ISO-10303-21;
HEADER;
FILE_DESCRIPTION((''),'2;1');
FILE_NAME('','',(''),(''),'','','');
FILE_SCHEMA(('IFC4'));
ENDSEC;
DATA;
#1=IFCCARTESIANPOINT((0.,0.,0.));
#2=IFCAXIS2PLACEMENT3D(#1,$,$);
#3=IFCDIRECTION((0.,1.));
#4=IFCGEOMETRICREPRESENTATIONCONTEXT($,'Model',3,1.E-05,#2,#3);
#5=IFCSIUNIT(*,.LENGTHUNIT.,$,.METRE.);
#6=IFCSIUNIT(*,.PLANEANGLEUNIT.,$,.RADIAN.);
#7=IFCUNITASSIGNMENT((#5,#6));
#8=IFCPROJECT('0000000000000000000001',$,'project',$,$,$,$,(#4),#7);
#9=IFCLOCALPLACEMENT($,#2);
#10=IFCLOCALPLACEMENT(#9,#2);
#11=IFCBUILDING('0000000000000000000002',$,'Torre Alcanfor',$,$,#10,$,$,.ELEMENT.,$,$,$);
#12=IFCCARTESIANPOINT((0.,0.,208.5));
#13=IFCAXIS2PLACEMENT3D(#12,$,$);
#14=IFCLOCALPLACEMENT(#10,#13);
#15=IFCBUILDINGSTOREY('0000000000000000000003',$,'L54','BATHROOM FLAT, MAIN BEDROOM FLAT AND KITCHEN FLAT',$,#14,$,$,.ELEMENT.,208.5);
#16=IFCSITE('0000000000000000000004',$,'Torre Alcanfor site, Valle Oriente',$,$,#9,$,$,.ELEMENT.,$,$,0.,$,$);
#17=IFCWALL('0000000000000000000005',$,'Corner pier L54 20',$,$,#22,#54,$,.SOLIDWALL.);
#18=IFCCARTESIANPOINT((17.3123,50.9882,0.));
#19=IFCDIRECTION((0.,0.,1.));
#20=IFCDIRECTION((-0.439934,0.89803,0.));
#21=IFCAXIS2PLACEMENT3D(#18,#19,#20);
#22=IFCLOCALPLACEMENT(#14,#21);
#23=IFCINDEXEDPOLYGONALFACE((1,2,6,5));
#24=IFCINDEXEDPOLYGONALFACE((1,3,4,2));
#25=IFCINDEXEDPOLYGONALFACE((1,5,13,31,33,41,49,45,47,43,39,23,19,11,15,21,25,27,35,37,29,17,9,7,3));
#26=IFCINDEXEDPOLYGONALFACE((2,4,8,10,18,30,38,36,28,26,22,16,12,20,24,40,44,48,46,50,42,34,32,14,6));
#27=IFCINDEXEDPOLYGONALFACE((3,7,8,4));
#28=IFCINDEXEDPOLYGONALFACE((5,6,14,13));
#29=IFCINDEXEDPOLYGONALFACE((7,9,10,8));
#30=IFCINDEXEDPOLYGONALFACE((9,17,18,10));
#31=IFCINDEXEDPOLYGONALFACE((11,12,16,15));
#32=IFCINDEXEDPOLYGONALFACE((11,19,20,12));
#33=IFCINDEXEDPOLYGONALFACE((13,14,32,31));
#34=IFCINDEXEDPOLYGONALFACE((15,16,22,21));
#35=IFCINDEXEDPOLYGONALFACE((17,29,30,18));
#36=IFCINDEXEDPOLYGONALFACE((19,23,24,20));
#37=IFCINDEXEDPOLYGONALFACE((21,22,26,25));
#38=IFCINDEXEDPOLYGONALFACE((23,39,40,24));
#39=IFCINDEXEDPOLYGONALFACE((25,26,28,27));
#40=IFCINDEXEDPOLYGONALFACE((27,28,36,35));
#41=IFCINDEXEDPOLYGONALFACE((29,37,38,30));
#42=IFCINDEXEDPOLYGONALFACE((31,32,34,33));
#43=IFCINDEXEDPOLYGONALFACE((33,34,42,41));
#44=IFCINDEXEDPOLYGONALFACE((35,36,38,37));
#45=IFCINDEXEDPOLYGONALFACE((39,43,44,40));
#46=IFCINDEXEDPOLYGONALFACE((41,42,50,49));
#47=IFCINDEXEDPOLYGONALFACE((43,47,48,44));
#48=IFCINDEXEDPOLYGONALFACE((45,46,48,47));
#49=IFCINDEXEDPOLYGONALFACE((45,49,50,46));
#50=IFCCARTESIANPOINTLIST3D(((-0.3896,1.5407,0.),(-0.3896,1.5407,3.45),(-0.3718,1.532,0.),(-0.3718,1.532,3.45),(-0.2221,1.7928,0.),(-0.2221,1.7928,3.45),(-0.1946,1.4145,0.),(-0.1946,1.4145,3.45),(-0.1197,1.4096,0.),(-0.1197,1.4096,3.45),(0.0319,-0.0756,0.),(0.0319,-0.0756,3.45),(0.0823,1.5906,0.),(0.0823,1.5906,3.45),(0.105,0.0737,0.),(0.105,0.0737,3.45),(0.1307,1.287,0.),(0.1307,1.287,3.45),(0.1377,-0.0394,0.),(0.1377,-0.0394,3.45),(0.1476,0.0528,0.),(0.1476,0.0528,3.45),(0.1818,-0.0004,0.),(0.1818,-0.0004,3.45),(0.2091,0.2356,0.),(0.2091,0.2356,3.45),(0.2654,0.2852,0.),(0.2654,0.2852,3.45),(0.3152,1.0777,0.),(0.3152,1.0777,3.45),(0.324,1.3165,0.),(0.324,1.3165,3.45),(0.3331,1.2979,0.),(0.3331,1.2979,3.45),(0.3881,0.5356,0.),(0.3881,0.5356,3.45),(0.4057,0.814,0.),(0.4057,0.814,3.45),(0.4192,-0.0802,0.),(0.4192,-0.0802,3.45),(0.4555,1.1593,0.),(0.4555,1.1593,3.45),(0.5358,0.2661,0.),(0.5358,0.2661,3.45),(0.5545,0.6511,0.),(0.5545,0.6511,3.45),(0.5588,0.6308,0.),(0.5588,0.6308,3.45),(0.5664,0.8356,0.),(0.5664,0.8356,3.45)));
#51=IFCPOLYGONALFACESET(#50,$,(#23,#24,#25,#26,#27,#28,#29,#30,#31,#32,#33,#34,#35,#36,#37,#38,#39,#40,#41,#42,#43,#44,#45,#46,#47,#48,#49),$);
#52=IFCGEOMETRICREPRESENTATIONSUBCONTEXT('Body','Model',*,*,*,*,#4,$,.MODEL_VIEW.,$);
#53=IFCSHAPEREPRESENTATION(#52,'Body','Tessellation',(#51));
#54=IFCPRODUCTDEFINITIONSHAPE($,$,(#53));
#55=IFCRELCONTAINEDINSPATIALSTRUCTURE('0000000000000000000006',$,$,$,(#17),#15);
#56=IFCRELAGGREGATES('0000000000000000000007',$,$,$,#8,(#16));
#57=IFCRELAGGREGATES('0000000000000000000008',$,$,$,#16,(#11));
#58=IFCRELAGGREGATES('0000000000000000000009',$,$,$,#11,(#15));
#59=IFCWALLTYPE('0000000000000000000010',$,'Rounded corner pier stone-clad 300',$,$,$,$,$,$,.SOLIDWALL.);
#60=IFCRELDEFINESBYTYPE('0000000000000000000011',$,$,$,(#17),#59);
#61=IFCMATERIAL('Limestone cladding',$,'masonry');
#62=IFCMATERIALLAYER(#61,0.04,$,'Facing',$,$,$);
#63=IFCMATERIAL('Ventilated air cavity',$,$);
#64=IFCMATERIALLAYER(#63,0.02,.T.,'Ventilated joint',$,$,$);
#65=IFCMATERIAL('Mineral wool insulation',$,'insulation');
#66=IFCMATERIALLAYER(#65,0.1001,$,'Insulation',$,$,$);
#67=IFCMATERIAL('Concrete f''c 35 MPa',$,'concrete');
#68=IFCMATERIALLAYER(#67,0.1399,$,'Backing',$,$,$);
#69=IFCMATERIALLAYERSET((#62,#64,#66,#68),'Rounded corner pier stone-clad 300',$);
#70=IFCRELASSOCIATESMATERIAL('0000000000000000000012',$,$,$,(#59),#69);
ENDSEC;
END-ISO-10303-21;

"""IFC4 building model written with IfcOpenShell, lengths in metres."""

from ifc_helpers import new_model, si_unit, direction, frame, origin, place, context, subcontext, project, spatial, polyline, outline, extrude, material, layer, layer_set, type_object, element, save


model = new_model("IFC4")

# Units and contexts
model_context = context("Model", 3, precision=1e-05, world=origin(), true_north=direction((0.0, 1.0)))
body_context = subcontext(model_context, "Body", "Model", "MODEL_VIEW")
ifc_project = project(units=[si_unit("LENGTHUNIT", "METRE"), si_unit("PLANEANGLEUNIT", "RADIAN")], contexts=[model_context])

# Site, building, storey
site_placement = place(None, origin())
site = spatial("IfcSite", under=ifc_project, at=site_placement, Name="Torre Alcanfor site, Valle Oriente", CompositionType="ELEMENT", RefElevation=0.0)
building_placement = place(site_placement, origin())
building = spatial("IfcBuilding", under=site, at=building_placement, Name="Torre Alcanfor", CompositionType="ELEMENT")
storey_placement = place(building_placement, frame((0.0, 0.0, 208.5)))
storey = spatial("IfcBuildingStorey", under=building, at=storey_placement, Name="L54", Description="BATHROOM FLAT, MAIN BEDROOM FLAT AND KITCHEN FLAT", CompositionType="ELEMENT", Elevation=208.5)

# Shared definitions
ifc_material_1 = material(Name="Limestone cladding", Category="masonry")
ifc_material_2 = material(Name="Ventilated air cavity")
ifc_material_3 = material(Name="Mineral wool insulation", Category="insulation")
ifc_material_4 = material(Name="Concrete f'c 35 MPa", Category="concrete")

# Wall
ifc_layer_1 = layer(ifc_material_1, 0.04, Name="Facing")
ifc_layer_2 = layer(ifc_material_2, 0.02, ventilated=True, Name="Ventilated joint")
ifc_layer_3 = layer(ifc_material_3, 0.1001, Name="Insulation")
ifc_layer_4 = layer(ifc_material_4, 0.1399, Name="Backing")
ifc_layer_set_1 = layer_set([ifc_layer_1, ifc_layer_2, ifc_layer_3, ifc_layer_4], Name="Rounded corner pier stone-clad 300")
wall_type_1 = type_object("IfcWallType", Name="Rounded corner pier stone-clad 300", PredefinedType="SOLIDWALL", material=ifc_layer_set_1)
wall_1_placement = place(storey_placement, frame((17.3123, 50.9882, 0.0), z_axis=(0.0, 0.0, 1.0), x_axis=(-0.439934, 0.89803, 0.0)))
element("IfcWall", 1, at=wall_1_placement, inside=storey, type_object=wall_type_1, Name="Corner pier L54 20", PredefinedType="SOLIDWALL", context=body_context, shape_type="SweptSolid", body=[
    extrude(outline(polyline([(0.1377, -0.0394), (0.1818, -0.0004), (0.4192, -0.0802), (0.5358, 0.2661), (0.5588, 0.6308), (0.5545, 0.6511), (0.5664, 0.8356), (0.4555, 1.1593), (0.3331, 1.2979), (0.324, 1.3165), (0.0823, 1.5906), (-0.2221, 1.7928), (-0.3896, 1.5407), (-0.3718, 1.532), (-0.1946, 1.4145), (-0.1197, 1.4096), (0.1307, 1.287), (0.3152, 1.0777), (0.4057, 0.814), (0.3881, 0.5356), (0.2654, 0.2852), (0.2091, 0.2356), (0.1476, 0.0528), (0.105, 0.0737), (0.0319, -0.0756), (0.1377, -0.0394)])), origin(), (0.0, 0.0, 1.0), 3.45),
])

save(model, "model.ifc")
